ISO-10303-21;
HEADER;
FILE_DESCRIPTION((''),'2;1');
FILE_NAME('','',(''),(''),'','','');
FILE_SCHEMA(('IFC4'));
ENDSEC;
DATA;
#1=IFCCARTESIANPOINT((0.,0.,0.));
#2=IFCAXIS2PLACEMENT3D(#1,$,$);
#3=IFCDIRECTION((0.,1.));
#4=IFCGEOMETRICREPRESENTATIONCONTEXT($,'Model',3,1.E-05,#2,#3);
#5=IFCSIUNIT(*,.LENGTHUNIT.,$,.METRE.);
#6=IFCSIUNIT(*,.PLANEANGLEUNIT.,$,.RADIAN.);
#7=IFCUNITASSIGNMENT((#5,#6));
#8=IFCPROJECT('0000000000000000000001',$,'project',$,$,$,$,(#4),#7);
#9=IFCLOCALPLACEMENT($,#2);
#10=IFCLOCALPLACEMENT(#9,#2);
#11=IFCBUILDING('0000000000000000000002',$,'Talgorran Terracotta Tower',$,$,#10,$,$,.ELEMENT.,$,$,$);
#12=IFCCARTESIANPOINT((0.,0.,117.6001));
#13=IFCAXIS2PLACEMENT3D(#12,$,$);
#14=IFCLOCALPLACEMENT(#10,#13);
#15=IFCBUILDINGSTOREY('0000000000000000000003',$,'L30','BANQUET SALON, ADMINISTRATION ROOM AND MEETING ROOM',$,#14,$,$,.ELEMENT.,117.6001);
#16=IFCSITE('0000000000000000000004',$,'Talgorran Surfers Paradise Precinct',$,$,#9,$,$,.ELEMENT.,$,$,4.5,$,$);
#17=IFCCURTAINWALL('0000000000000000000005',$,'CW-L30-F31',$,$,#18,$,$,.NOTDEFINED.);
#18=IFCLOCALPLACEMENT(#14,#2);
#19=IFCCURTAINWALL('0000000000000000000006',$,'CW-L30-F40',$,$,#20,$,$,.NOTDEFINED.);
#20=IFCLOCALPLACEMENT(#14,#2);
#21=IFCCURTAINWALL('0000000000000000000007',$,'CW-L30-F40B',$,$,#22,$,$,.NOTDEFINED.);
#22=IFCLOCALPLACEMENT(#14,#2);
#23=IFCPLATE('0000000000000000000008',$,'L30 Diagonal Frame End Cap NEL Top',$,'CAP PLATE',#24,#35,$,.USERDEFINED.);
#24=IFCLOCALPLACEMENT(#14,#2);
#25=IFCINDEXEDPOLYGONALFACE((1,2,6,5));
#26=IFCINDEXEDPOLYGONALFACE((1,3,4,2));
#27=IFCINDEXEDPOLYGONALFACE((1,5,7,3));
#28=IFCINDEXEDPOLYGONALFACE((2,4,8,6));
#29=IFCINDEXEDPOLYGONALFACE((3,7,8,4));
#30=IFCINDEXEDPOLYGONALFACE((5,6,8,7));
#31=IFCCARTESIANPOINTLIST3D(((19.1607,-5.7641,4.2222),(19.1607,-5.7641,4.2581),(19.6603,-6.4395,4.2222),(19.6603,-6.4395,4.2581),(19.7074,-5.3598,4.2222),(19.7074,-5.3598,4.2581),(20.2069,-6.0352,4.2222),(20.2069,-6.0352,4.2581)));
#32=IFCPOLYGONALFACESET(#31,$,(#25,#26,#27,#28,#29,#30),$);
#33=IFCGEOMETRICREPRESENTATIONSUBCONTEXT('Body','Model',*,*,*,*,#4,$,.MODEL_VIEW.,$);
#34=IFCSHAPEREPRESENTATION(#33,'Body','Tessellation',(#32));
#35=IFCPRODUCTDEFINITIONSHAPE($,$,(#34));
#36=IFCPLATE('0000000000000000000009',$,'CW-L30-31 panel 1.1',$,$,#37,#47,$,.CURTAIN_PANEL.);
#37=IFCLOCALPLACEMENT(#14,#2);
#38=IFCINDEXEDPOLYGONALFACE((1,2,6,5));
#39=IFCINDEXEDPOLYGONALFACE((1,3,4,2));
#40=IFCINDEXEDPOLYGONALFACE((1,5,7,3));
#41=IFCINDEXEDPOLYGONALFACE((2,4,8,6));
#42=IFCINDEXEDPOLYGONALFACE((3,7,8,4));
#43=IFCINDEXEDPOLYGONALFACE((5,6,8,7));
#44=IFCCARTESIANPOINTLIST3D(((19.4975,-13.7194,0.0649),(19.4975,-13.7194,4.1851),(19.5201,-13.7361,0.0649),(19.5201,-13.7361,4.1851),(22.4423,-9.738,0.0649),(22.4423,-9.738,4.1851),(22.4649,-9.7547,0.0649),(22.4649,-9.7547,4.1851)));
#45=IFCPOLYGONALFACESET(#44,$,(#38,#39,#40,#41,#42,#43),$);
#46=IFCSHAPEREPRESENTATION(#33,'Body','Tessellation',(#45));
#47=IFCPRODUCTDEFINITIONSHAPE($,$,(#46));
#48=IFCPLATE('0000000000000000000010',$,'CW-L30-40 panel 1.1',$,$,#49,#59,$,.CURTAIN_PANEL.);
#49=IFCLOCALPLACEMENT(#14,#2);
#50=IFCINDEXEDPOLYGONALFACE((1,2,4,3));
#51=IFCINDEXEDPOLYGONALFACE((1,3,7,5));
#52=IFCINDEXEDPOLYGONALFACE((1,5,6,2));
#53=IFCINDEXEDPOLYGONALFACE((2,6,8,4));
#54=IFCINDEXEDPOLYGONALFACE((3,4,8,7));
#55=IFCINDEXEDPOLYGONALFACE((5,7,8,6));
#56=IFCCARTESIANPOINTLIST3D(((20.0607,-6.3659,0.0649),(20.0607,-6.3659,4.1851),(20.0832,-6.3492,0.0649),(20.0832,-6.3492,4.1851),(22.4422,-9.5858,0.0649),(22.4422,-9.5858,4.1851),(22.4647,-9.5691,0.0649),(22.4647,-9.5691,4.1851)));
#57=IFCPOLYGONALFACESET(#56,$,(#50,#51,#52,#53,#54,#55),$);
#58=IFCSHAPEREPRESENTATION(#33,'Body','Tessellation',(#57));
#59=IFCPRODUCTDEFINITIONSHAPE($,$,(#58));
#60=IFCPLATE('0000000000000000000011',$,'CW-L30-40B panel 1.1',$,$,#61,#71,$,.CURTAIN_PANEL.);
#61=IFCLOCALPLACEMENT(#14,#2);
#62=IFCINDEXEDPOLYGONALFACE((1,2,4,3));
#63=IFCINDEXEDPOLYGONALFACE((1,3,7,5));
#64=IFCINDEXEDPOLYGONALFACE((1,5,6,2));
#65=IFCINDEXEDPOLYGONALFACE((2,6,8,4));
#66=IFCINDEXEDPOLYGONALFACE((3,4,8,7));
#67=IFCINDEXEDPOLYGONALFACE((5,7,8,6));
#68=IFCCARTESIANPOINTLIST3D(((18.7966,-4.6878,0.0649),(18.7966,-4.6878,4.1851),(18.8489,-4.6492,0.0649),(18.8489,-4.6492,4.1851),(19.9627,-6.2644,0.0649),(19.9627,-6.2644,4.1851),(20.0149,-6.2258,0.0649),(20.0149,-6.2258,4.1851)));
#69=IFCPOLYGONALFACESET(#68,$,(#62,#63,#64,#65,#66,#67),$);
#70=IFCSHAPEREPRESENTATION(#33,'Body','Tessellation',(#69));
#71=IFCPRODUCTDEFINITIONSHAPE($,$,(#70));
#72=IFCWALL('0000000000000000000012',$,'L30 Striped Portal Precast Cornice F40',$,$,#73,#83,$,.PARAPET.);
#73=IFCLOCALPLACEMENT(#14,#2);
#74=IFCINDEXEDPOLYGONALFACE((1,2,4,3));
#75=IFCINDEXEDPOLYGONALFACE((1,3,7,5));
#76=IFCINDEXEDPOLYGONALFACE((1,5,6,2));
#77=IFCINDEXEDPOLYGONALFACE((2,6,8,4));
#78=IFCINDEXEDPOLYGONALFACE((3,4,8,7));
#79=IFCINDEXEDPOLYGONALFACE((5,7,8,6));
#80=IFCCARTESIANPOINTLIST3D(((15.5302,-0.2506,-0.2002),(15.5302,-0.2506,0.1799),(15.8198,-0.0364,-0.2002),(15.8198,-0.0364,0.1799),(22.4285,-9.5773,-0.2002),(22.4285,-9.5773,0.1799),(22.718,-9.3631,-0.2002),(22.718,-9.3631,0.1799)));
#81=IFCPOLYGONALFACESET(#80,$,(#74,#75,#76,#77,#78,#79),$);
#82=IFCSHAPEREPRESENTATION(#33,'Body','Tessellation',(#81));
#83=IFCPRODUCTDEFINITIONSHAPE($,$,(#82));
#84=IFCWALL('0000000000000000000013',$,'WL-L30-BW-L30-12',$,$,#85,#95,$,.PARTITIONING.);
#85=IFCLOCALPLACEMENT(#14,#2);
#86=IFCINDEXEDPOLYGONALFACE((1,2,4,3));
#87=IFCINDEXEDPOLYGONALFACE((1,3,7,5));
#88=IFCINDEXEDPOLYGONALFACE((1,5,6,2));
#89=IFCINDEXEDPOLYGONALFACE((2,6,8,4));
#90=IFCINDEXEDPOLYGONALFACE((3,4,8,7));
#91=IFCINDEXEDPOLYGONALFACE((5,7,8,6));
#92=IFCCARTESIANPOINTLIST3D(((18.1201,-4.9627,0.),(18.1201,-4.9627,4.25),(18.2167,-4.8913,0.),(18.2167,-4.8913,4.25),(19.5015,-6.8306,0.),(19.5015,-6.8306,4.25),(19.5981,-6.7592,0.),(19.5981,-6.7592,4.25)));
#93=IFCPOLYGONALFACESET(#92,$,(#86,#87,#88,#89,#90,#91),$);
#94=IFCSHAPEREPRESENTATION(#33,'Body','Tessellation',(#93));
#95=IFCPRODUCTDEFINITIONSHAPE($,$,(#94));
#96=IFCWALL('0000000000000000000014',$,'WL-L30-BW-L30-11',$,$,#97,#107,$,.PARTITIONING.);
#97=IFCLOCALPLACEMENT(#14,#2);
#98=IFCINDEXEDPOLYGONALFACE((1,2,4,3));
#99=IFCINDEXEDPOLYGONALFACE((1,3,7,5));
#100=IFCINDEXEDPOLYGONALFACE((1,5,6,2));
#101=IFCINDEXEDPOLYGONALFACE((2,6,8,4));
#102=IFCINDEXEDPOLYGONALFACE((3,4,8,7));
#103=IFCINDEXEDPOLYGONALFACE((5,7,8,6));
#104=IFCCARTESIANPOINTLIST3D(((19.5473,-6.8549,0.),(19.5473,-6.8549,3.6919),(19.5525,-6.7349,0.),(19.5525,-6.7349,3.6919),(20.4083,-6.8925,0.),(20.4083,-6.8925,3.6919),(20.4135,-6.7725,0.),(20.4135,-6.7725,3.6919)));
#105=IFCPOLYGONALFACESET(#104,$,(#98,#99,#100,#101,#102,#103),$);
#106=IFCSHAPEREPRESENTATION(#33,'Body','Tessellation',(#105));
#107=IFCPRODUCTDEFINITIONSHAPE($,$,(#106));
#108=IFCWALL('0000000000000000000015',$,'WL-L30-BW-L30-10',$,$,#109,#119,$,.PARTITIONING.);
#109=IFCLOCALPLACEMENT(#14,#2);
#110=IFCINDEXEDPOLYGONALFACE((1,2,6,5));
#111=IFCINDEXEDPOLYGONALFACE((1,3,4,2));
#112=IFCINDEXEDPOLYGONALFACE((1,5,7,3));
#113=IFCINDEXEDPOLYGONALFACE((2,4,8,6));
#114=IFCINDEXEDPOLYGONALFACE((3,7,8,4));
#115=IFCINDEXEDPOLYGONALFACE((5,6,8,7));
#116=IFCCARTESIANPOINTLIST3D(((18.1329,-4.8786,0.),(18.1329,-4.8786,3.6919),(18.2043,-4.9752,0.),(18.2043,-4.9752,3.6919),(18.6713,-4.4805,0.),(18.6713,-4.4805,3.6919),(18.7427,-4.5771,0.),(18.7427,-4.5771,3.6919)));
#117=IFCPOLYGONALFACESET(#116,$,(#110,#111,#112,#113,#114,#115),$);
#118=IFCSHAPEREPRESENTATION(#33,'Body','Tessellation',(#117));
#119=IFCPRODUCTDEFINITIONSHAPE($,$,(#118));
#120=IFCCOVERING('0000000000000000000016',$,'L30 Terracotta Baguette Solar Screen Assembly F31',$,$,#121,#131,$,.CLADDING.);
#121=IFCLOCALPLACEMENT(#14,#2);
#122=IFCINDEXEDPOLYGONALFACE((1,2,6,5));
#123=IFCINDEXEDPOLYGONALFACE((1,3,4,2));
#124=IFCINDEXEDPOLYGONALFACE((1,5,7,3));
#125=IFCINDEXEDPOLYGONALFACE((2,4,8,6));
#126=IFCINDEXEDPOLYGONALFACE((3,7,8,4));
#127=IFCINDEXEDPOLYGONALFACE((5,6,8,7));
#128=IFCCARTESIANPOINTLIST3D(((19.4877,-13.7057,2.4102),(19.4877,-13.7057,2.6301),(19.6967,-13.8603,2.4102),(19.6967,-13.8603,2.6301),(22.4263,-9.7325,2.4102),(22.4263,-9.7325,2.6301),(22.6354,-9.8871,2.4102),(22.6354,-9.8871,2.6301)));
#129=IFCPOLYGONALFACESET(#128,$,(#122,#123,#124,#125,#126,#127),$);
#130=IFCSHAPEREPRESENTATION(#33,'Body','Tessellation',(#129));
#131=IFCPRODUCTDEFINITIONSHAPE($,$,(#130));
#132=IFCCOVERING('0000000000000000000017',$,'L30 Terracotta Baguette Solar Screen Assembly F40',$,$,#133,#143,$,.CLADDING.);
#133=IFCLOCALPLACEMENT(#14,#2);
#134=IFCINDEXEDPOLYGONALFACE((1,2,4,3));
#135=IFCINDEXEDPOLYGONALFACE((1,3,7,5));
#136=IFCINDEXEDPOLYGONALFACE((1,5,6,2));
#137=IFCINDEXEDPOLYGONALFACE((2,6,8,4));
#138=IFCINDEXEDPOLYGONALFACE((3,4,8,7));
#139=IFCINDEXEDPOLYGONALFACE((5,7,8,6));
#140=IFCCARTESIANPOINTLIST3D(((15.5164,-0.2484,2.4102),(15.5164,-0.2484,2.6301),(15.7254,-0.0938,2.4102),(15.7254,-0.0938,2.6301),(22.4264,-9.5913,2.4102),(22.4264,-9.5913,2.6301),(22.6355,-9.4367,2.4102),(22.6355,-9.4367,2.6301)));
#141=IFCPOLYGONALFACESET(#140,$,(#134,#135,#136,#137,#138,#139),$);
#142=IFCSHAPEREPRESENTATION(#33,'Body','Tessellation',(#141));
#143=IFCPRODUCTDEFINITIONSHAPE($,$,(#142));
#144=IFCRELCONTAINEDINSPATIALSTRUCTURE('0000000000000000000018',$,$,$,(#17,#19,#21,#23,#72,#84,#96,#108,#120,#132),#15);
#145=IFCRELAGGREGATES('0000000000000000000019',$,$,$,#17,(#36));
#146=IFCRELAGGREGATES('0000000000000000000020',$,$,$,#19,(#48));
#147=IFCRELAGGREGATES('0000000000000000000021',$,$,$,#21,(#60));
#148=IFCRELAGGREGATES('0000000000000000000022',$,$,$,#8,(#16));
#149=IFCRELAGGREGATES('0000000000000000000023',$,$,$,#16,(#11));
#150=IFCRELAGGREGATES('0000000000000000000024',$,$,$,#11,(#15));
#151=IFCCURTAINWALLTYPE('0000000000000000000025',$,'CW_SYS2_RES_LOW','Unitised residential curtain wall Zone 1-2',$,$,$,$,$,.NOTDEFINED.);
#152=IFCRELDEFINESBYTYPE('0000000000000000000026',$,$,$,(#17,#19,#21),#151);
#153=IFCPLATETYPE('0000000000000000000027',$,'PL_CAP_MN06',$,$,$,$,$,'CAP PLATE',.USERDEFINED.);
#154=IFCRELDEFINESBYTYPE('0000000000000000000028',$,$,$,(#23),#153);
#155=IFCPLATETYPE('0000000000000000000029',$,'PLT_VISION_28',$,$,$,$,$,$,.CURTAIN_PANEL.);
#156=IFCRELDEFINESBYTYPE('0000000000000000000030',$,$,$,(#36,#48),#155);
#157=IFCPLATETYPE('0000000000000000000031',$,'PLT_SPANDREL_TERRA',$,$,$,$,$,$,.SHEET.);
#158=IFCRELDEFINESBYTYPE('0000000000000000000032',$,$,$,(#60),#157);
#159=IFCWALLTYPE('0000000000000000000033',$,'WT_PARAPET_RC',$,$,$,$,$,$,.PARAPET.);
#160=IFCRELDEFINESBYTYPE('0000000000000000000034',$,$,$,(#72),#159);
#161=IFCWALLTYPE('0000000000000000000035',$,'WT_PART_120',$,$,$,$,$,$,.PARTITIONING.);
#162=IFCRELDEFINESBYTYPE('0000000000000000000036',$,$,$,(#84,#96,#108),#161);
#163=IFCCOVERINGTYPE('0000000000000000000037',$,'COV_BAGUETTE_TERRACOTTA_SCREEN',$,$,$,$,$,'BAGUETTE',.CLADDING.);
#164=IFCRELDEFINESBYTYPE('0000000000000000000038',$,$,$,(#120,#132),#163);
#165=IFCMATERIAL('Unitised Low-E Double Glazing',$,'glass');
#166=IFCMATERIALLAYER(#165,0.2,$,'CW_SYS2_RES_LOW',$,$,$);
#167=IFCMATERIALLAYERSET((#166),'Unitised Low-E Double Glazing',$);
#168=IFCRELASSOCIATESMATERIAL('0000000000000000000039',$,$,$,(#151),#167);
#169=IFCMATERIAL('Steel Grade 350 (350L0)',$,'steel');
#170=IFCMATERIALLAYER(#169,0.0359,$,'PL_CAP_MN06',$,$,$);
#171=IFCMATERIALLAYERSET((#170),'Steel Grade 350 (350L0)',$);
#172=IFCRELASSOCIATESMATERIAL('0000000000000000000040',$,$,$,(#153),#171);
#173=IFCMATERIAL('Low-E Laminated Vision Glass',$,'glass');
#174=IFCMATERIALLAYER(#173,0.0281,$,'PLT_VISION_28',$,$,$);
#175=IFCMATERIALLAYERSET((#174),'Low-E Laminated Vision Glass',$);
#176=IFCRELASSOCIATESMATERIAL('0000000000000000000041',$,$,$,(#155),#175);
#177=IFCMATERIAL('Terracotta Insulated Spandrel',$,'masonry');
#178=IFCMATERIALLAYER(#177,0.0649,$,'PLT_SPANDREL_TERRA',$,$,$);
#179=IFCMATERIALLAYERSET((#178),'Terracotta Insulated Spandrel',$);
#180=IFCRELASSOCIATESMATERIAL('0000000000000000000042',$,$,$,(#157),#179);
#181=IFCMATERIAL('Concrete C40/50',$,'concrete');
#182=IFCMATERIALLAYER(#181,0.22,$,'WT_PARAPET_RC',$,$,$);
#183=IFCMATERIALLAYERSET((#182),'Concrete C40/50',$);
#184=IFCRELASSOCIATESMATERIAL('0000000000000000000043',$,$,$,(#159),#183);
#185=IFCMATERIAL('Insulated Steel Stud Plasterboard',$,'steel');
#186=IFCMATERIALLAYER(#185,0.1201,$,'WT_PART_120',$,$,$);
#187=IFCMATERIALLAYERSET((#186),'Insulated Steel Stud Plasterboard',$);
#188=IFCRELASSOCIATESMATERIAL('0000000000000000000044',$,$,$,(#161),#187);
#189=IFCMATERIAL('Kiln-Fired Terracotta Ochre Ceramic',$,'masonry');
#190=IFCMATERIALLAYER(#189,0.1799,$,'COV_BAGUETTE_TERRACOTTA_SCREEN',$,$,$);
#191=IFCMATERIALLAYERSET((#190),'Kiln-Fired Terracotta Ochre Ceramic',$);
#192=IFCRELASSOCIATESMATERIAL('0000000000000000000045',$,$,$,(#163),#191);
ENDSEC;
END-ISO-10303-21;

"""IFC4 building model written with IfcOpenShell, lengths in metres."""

from ifc_helpers import new_model, si_unit, direction, frame, frame_2d, origin, origin_2d, place, context, subcontext, project, spatial, rectangle, extrude, source, transform, mapped, material, layer, layer_set, type_object, type_shapes, element, aggregate, save


model = new_model("IFC4")

# Units and contexts
model_context = context("Model", 3, precision=1e-05, world=origin(), true_north=direction((0.0, 1.0)))
body_context = subcontext(model_context, "Body", "Model", "MODEL_VIEW")
ifc_project = project(units=[si_unit("LENGTHUNIT", "METRE"), si_unit("PLANEANGLEUNIT", "RADIAN")], contexts=[model_context])

# Site, building, storey
site_placement = place(None, origin())
site = spatial("IfcSite", under=ifc_project, at=site_placement, Name="Talgorran Surfers Paradise Precinct", CompositionType="ELEMENT", RefElevation=4.5)
building_placement = place(site_placement, origin())
building = spatial("IfcBuilding", under=site, at=building_placement, Name="Talgorran Terracotta Tower", CompositionType="ELEMENT")
storey_placement = place(building_placement, frame((0.0, 0.0, 117.6001)))
storey = spatial("IfcBuildingStorey", under=building, at=storey_placement, Name="L30", Description="BANQUET SALON, ADMINISTRATION ROOM AND MEETING ROOM", CompositionType="ELEMENT", Elevation=117.6001)

# Shared definitions
ifc_material_1 = material(Name="Steel Grade 350 (350L0)", Category="steel")

# Curtain wall
ifc_material_2 = material(Name="Unitised Low-E Double Glazing", Category="glass")
ifc_layer_1 = layer(ifc_material_2, 0.2, Name="CW_SYS2_RES_LOW")
ifc_layer_set_1 = layer_set([ifc_layer_1], Name="Unitised Low-E Double Glazing")
curtain_wall_type = type_object("IfcCurtainWallType", Name="CW_SYS2_RES_LOW", Description="Unitised residential curtain wall Zone 1-2", PredefinedType="NOTDEFINED", material=ifc_layer_set_1)
curtain_wall_1_placement = place(storey_placement, origin())
curtain_wall_1 = element("IfcCurtainWall", 1, at=curtain_wall_1_placement, inside=storey, type_object=curtain_wall_type, Name="CW-L30-F31", PredefinedType="NOTDEFINED")

# Curtain wall
curtain_wall_2_placement = place(storey_placement, origin())
curtain_wall_2 = element("IfcCurtainWall", 2, at=curtain_wall_2_placement, inside=storey, type_object=curtain_wall_type, Name="CW-L30-F40", PredefinedType="NOTDEFINED")

# Curtain wall
curtain_wall_3_placement = place(storey_placement, origin())
curtain_wall_3 = element("IfcCurtainWall", 3, at=curtain_wall_3_placement, inside=storey, type_object=curtain_wall_type, Name="CW-L30-F40B", PredefinedType="NOTDEFINED")

# Plate
ifc_layer_2 = layer(ifc_material_1, 0.0359, Name="PL_CAP_MN06")
ifc_layer_set_2 = layer_set([ifc_layer_2], Name="Steel Grade 350 (350L0)")
plate_type_1 = type_object("IfcPlateType", Name="PL_CAP_MN06", ElementType="CAP PLATE", PredefinedType="USERDEFINED", material=ifc_layer_set_2)
for number, where, z_axis, x_axis, name in (
    (4, (19.6838, -5.8997, 4.2222), (0.0, 0.0, 1.0), (0.594682, -0.803961, 0.0), "L30 Diagonal Frame End Cap NEL Top"),
):
    element("IfcPlate", number, at=place(storey_placement, frame(where, z_axis=z_axis, x_axis=x_axis)), inside=storey, type_object=plate_type_1, Name=name, ObjectType="CAP PLATE", PredefinedType="USERDEFINED", context=body_context, shape_type="SweptSolid", body=[
        extrude(rectangle(XDim=0.8401, YDim=0.6799, at=origin_2d()), origin(), (0.0, 0.0, 1.0), 0.0359),
    ])

# Plates
ifc_material_3 = material(Name="Low-E Laminated Vision Glass", Category="glass")
ifc_layer_3 = layer(ifc_material_3, 0.0281, Name="PLT_VISION_28")
ifc_layer_set_3 = layer_set([ifc_layer_3], Name="Low-E Laminated Vision Glass")
plate_type_2 = type_object("IfcPlateType", Name="PLT_VISION_28", PredefinedType="CURTAIN_PANEL", material=ifc_layer_set_3)
shared_shape_1 = source(origin(), body_context, "Body", "SweptSolid", [
    extrude(rectangle(XDim=4.9521, YDim=0.0281, at=origin_2d()), origin(), (0.0, 0.0, 1.0), 4.1201),
])
plate_1_placement = place(storey_placement, frame((20.9812, -11.7371, 0.0649), z_axis=(0.0, 0.0, 1.0), x_axis=(0.594644, 0.803989, 0.0)))
plate_1 = element("IfcPlate", 5, at=plate_1_placement, type_object=plate_type_2, Name="CW-L30-31 panel 1.1", PredefinedType="CURTAIN_PANEL", context=body_context, shape_type="MappedRepresentation", body=[
    mapped(shared_shape_1, transform((0.0, 0.0, 0.0), scale=1.0)),
])
aggregate(curtain_wall_1, [plate_1])
shared_shape_2 = source(origin(), body_context, "Body", "SweptSolid", [
    extrude(rectangle(XDim=4.0049, YDim=0.0281, at=origin_2d()), origin(), (0.0, 0.0, 1.0), 4.1201),
])
type_shapes(plate_type_2, [shared_shape_1, shared_shape_2])
plate_2_placement = place(storey_placement, frame((21.2627, -7.9675, 0.0649), z_axis=(0.0, 0.0, 1.0), x_axis=(-0.594647, 0.803987, 0.0)))
plate_2 = element("IfcPlate", 6, at=plate_2_placement, type_object=plate_type_2, Name="CW-L30-40 panel 1.1", PredefinedType="CURTAIN_PANEL", context=body_context, shape_type="MappedRepresentation", body=[
    mapped(shared_shape_2, transform((0.0, 0.0, 0.0), scale=1.0)),
])
aggregate(curtain_wall_2, [plate_2])
ifc_material_4 = material(Name="Terracotta Insulated Spandrel", Category="masonry")
ifc_layer_4 = layer(ifc_material_4, 0.0649, Name="PLT_SPANDREL_TERRA")
ifc_layer_set_4 = layer_set([ifc_layer_4], Name="Terracotta Insulated Spandrel")
plate_type_3 = type_object("IfcPlateType", Name="PLT_SPANDREL_TERRA", PredefinedType="SHEET", material=ifc_layer_set_4)
shared_shape_3 = source(origin(), body_context, "Body", "SweptSolid", [
    extrude(rectangle(XDim=1.9609, YDim=0.0649, at=origin_2d()), origin(), (0.0, 0.0, 1.0), 4.1201),
])
type_shapes(plate_type_3, [shared_shape_3])
plate_3_placement = place(storey_placement, frame((19.4058, -5.4568, 0.0649), z_axis=(0.0, 0.0, 1.0), x_axis=(-0.59463, 0.803999, 0.0)))
plate_3 = element("IfcPlate", 7, at=plate_3_placement, type_object=plate_type_3, Name="CW-L30-40B panel 1.1", PredefinedType="CURTAIN_PANEL", context=body_context, shape_type="MappedRepresentation", body=[
    mapped(shared_shape_3, transform((0.0, 0.0, 0.0), scale=1.0)),
])
aggregate(curtain_wall_3, [plate_3])

# Walls
ifc_material_5 = material(Name="Concrete C40/50", Category="concrete")
ifc_layer_5 = layer(ifc_material_5, 0.22, Name="WT_PARAPET_RC")
ifc_layer_set_5 = layer_set([ifc_layer_5], Name="Concrete C40/50")
wall_type_1 = type_object("IfcWallType", Name="WT_PARAPET_RC", PredefinedType="PARAPET", material=ifc_layer_set_5)
wall_1_placement = place(storey_placement, frame((22.5732, -9.4702, -0.2002), z_axis=(0.0, 0.0, 1.0), x_axis=(-0.594646, 0.803988, 0.0)))
element("IfcWall", 8, at=wall_1_placement, inside=storey, type_object=wall_type_1, Name="L30 Striped Portal Precast Cornice F40", PredefinedType="PARAPET", context=body_context, shape_type="SweptSolid", body=[
    extrude(rectangle(XDim=11.6006, YDim=0.3601, at=frame_2d((5.8003, 0.0))), origin(), (0.0, 0.0, 1.0), 0.3801),
])
ifc_material_6 = material(Name="Insulated Steel Stud Plasterboard", Category="steel")
ifc_layer_6 = layer(ifc_material_6, 0.1201, Name="WT_PART_120")
ifc_layer_set_6 = layer_set([ifc_layer_6], Name="Insulated Steel Stud Plasterboard")
wall_type_2 = type_object("IfcWallType", Name="WT_PART_120", PredefinedType="PARTITIONING", material=ifc_layer_set_6)
wall_2_placement = place(storey_placement, frame((19.5498, -6.7949, 0.0), z_axis=(0.0, 0.0, 1.0), x_axis=(-0.594589, 0.80403, 0.0)))
element("IfcWall", 9, at=wall_2_placement, inside=storey, type_object=wall_type_2, Name="WL-L30-BW-L30-12", PredefinedType="PARTITIONING", context=body_context, shape_type="SweptSolid", body=[
    extrude(rectangle(XDim=2.3232, YDim=0.1201, at=frame_2d((1.1616, 0.0))), origin(), (0.0, 0.0, 1.0), 4.25),
])
wall_3_placement = place(storey_placement, frame((20.4109, -6.8325, 0.0), z_axis=(0.0, 0.0, 1.0), x_axis=(-0.999048, 0.043622, 0.0)))
element("IfcWall", 10, at=wall_3_placement, inside=storey, type_object=wall_type_2, Name="WL-L30-BW-L30-11", PredefinedType="PARTITIONING", context=body_context, shape_type="SweptSolid", body=[
    extrude(rectangle(XDim=0.8618, YDim=0.1201, at=frame_2d((0.4309, 0.0))), origin(), (0.0, 0.0, 1.0), 3.6919),
])
wall_4_placement = place(storey_placement, frame((18.1685, -4.927, 0.0), z_axis=(0.0, 0.0, 1.0), x_axis=(0.804093, 0.594504, 0.0)))
element("IfcWall", 11, at=wall_4_placement, inside=storey, type_object=wall_type_2, Name="WL-L30-BW-L30-10", PredefinedType="PARTITIONING", context=body_context, shape_type="SweptSolid", body=[
    extrude(rectangle(XDim=0.6697, YDim=0.1201, at=frame_2d((0.335, 0.0))), origin(), (0.0, 0.0, 1.0), 3.6919),
])

# Coverings
ifc_material_7 = material(Name="Kiln-Fired Terracotta Ochre Ceramic", Category="masonry")
ifc_layer_7 = layer(ifc_material_7, 0.1799, Name="COV_BAGUETTE_TERRACOTTA_SCREEN")
ifc_layer_set_7 = layer_set([ifc_layer_7], Name="Kiln-Fired Terracotta Ochre Ceramic")
covering_type = type_object("IfcCoveringType", Name="COV_BAGUETTE_TERRACOTTA_SCREEN", ElementType="BAGUETTE", PredefinedType="CLADDING", material=ifc_layer_set_7)
covering_1_placement = place(storey_placement, frame((21.0615, -11.7964, 2.4102), z_axis=(0.0, 0.0, 1.0), x_axis=(0.59464, 0.803992, 0.0)))
element("IfcCovering", 12, at=covering_1_placement, inside=storey, type_object=covering_type, Name="L30 Terracotta Baguette Solar Screen Assembly F31", PredefinedType="CLADDING", context=body_context, shape_type="SweptSolid", body=[
    extrude(rectangle(XDim=4.9419, YDim=0.26, at=origin_2d()), origin(), (0.0, 0.0, 1.0), 0.22),
])
covering_2_placement = place(storey_placement, frame((19.0759, -4.8425, 2.4102), z_axis=(0.0, 0.0, 1.0), x_axis=(-0.59464, 0.803992, 0.0)))
element("IfcCovering", 13, at=covering_2_placement, inside=storey, type_object=covering_type, Name="L30 Terracotta Baguette Solar Screen Assembly F40", PredefinedType="CLADDING", context=body_context, shape_type="SweptSolid", body=[
    extrude(rectangle(XDim=11.6206, YDim=0.26, at=origin_2d()), origin(), (0.0, 0.0, 1.0), 0.22),
])

save(model, "model.ifc")
